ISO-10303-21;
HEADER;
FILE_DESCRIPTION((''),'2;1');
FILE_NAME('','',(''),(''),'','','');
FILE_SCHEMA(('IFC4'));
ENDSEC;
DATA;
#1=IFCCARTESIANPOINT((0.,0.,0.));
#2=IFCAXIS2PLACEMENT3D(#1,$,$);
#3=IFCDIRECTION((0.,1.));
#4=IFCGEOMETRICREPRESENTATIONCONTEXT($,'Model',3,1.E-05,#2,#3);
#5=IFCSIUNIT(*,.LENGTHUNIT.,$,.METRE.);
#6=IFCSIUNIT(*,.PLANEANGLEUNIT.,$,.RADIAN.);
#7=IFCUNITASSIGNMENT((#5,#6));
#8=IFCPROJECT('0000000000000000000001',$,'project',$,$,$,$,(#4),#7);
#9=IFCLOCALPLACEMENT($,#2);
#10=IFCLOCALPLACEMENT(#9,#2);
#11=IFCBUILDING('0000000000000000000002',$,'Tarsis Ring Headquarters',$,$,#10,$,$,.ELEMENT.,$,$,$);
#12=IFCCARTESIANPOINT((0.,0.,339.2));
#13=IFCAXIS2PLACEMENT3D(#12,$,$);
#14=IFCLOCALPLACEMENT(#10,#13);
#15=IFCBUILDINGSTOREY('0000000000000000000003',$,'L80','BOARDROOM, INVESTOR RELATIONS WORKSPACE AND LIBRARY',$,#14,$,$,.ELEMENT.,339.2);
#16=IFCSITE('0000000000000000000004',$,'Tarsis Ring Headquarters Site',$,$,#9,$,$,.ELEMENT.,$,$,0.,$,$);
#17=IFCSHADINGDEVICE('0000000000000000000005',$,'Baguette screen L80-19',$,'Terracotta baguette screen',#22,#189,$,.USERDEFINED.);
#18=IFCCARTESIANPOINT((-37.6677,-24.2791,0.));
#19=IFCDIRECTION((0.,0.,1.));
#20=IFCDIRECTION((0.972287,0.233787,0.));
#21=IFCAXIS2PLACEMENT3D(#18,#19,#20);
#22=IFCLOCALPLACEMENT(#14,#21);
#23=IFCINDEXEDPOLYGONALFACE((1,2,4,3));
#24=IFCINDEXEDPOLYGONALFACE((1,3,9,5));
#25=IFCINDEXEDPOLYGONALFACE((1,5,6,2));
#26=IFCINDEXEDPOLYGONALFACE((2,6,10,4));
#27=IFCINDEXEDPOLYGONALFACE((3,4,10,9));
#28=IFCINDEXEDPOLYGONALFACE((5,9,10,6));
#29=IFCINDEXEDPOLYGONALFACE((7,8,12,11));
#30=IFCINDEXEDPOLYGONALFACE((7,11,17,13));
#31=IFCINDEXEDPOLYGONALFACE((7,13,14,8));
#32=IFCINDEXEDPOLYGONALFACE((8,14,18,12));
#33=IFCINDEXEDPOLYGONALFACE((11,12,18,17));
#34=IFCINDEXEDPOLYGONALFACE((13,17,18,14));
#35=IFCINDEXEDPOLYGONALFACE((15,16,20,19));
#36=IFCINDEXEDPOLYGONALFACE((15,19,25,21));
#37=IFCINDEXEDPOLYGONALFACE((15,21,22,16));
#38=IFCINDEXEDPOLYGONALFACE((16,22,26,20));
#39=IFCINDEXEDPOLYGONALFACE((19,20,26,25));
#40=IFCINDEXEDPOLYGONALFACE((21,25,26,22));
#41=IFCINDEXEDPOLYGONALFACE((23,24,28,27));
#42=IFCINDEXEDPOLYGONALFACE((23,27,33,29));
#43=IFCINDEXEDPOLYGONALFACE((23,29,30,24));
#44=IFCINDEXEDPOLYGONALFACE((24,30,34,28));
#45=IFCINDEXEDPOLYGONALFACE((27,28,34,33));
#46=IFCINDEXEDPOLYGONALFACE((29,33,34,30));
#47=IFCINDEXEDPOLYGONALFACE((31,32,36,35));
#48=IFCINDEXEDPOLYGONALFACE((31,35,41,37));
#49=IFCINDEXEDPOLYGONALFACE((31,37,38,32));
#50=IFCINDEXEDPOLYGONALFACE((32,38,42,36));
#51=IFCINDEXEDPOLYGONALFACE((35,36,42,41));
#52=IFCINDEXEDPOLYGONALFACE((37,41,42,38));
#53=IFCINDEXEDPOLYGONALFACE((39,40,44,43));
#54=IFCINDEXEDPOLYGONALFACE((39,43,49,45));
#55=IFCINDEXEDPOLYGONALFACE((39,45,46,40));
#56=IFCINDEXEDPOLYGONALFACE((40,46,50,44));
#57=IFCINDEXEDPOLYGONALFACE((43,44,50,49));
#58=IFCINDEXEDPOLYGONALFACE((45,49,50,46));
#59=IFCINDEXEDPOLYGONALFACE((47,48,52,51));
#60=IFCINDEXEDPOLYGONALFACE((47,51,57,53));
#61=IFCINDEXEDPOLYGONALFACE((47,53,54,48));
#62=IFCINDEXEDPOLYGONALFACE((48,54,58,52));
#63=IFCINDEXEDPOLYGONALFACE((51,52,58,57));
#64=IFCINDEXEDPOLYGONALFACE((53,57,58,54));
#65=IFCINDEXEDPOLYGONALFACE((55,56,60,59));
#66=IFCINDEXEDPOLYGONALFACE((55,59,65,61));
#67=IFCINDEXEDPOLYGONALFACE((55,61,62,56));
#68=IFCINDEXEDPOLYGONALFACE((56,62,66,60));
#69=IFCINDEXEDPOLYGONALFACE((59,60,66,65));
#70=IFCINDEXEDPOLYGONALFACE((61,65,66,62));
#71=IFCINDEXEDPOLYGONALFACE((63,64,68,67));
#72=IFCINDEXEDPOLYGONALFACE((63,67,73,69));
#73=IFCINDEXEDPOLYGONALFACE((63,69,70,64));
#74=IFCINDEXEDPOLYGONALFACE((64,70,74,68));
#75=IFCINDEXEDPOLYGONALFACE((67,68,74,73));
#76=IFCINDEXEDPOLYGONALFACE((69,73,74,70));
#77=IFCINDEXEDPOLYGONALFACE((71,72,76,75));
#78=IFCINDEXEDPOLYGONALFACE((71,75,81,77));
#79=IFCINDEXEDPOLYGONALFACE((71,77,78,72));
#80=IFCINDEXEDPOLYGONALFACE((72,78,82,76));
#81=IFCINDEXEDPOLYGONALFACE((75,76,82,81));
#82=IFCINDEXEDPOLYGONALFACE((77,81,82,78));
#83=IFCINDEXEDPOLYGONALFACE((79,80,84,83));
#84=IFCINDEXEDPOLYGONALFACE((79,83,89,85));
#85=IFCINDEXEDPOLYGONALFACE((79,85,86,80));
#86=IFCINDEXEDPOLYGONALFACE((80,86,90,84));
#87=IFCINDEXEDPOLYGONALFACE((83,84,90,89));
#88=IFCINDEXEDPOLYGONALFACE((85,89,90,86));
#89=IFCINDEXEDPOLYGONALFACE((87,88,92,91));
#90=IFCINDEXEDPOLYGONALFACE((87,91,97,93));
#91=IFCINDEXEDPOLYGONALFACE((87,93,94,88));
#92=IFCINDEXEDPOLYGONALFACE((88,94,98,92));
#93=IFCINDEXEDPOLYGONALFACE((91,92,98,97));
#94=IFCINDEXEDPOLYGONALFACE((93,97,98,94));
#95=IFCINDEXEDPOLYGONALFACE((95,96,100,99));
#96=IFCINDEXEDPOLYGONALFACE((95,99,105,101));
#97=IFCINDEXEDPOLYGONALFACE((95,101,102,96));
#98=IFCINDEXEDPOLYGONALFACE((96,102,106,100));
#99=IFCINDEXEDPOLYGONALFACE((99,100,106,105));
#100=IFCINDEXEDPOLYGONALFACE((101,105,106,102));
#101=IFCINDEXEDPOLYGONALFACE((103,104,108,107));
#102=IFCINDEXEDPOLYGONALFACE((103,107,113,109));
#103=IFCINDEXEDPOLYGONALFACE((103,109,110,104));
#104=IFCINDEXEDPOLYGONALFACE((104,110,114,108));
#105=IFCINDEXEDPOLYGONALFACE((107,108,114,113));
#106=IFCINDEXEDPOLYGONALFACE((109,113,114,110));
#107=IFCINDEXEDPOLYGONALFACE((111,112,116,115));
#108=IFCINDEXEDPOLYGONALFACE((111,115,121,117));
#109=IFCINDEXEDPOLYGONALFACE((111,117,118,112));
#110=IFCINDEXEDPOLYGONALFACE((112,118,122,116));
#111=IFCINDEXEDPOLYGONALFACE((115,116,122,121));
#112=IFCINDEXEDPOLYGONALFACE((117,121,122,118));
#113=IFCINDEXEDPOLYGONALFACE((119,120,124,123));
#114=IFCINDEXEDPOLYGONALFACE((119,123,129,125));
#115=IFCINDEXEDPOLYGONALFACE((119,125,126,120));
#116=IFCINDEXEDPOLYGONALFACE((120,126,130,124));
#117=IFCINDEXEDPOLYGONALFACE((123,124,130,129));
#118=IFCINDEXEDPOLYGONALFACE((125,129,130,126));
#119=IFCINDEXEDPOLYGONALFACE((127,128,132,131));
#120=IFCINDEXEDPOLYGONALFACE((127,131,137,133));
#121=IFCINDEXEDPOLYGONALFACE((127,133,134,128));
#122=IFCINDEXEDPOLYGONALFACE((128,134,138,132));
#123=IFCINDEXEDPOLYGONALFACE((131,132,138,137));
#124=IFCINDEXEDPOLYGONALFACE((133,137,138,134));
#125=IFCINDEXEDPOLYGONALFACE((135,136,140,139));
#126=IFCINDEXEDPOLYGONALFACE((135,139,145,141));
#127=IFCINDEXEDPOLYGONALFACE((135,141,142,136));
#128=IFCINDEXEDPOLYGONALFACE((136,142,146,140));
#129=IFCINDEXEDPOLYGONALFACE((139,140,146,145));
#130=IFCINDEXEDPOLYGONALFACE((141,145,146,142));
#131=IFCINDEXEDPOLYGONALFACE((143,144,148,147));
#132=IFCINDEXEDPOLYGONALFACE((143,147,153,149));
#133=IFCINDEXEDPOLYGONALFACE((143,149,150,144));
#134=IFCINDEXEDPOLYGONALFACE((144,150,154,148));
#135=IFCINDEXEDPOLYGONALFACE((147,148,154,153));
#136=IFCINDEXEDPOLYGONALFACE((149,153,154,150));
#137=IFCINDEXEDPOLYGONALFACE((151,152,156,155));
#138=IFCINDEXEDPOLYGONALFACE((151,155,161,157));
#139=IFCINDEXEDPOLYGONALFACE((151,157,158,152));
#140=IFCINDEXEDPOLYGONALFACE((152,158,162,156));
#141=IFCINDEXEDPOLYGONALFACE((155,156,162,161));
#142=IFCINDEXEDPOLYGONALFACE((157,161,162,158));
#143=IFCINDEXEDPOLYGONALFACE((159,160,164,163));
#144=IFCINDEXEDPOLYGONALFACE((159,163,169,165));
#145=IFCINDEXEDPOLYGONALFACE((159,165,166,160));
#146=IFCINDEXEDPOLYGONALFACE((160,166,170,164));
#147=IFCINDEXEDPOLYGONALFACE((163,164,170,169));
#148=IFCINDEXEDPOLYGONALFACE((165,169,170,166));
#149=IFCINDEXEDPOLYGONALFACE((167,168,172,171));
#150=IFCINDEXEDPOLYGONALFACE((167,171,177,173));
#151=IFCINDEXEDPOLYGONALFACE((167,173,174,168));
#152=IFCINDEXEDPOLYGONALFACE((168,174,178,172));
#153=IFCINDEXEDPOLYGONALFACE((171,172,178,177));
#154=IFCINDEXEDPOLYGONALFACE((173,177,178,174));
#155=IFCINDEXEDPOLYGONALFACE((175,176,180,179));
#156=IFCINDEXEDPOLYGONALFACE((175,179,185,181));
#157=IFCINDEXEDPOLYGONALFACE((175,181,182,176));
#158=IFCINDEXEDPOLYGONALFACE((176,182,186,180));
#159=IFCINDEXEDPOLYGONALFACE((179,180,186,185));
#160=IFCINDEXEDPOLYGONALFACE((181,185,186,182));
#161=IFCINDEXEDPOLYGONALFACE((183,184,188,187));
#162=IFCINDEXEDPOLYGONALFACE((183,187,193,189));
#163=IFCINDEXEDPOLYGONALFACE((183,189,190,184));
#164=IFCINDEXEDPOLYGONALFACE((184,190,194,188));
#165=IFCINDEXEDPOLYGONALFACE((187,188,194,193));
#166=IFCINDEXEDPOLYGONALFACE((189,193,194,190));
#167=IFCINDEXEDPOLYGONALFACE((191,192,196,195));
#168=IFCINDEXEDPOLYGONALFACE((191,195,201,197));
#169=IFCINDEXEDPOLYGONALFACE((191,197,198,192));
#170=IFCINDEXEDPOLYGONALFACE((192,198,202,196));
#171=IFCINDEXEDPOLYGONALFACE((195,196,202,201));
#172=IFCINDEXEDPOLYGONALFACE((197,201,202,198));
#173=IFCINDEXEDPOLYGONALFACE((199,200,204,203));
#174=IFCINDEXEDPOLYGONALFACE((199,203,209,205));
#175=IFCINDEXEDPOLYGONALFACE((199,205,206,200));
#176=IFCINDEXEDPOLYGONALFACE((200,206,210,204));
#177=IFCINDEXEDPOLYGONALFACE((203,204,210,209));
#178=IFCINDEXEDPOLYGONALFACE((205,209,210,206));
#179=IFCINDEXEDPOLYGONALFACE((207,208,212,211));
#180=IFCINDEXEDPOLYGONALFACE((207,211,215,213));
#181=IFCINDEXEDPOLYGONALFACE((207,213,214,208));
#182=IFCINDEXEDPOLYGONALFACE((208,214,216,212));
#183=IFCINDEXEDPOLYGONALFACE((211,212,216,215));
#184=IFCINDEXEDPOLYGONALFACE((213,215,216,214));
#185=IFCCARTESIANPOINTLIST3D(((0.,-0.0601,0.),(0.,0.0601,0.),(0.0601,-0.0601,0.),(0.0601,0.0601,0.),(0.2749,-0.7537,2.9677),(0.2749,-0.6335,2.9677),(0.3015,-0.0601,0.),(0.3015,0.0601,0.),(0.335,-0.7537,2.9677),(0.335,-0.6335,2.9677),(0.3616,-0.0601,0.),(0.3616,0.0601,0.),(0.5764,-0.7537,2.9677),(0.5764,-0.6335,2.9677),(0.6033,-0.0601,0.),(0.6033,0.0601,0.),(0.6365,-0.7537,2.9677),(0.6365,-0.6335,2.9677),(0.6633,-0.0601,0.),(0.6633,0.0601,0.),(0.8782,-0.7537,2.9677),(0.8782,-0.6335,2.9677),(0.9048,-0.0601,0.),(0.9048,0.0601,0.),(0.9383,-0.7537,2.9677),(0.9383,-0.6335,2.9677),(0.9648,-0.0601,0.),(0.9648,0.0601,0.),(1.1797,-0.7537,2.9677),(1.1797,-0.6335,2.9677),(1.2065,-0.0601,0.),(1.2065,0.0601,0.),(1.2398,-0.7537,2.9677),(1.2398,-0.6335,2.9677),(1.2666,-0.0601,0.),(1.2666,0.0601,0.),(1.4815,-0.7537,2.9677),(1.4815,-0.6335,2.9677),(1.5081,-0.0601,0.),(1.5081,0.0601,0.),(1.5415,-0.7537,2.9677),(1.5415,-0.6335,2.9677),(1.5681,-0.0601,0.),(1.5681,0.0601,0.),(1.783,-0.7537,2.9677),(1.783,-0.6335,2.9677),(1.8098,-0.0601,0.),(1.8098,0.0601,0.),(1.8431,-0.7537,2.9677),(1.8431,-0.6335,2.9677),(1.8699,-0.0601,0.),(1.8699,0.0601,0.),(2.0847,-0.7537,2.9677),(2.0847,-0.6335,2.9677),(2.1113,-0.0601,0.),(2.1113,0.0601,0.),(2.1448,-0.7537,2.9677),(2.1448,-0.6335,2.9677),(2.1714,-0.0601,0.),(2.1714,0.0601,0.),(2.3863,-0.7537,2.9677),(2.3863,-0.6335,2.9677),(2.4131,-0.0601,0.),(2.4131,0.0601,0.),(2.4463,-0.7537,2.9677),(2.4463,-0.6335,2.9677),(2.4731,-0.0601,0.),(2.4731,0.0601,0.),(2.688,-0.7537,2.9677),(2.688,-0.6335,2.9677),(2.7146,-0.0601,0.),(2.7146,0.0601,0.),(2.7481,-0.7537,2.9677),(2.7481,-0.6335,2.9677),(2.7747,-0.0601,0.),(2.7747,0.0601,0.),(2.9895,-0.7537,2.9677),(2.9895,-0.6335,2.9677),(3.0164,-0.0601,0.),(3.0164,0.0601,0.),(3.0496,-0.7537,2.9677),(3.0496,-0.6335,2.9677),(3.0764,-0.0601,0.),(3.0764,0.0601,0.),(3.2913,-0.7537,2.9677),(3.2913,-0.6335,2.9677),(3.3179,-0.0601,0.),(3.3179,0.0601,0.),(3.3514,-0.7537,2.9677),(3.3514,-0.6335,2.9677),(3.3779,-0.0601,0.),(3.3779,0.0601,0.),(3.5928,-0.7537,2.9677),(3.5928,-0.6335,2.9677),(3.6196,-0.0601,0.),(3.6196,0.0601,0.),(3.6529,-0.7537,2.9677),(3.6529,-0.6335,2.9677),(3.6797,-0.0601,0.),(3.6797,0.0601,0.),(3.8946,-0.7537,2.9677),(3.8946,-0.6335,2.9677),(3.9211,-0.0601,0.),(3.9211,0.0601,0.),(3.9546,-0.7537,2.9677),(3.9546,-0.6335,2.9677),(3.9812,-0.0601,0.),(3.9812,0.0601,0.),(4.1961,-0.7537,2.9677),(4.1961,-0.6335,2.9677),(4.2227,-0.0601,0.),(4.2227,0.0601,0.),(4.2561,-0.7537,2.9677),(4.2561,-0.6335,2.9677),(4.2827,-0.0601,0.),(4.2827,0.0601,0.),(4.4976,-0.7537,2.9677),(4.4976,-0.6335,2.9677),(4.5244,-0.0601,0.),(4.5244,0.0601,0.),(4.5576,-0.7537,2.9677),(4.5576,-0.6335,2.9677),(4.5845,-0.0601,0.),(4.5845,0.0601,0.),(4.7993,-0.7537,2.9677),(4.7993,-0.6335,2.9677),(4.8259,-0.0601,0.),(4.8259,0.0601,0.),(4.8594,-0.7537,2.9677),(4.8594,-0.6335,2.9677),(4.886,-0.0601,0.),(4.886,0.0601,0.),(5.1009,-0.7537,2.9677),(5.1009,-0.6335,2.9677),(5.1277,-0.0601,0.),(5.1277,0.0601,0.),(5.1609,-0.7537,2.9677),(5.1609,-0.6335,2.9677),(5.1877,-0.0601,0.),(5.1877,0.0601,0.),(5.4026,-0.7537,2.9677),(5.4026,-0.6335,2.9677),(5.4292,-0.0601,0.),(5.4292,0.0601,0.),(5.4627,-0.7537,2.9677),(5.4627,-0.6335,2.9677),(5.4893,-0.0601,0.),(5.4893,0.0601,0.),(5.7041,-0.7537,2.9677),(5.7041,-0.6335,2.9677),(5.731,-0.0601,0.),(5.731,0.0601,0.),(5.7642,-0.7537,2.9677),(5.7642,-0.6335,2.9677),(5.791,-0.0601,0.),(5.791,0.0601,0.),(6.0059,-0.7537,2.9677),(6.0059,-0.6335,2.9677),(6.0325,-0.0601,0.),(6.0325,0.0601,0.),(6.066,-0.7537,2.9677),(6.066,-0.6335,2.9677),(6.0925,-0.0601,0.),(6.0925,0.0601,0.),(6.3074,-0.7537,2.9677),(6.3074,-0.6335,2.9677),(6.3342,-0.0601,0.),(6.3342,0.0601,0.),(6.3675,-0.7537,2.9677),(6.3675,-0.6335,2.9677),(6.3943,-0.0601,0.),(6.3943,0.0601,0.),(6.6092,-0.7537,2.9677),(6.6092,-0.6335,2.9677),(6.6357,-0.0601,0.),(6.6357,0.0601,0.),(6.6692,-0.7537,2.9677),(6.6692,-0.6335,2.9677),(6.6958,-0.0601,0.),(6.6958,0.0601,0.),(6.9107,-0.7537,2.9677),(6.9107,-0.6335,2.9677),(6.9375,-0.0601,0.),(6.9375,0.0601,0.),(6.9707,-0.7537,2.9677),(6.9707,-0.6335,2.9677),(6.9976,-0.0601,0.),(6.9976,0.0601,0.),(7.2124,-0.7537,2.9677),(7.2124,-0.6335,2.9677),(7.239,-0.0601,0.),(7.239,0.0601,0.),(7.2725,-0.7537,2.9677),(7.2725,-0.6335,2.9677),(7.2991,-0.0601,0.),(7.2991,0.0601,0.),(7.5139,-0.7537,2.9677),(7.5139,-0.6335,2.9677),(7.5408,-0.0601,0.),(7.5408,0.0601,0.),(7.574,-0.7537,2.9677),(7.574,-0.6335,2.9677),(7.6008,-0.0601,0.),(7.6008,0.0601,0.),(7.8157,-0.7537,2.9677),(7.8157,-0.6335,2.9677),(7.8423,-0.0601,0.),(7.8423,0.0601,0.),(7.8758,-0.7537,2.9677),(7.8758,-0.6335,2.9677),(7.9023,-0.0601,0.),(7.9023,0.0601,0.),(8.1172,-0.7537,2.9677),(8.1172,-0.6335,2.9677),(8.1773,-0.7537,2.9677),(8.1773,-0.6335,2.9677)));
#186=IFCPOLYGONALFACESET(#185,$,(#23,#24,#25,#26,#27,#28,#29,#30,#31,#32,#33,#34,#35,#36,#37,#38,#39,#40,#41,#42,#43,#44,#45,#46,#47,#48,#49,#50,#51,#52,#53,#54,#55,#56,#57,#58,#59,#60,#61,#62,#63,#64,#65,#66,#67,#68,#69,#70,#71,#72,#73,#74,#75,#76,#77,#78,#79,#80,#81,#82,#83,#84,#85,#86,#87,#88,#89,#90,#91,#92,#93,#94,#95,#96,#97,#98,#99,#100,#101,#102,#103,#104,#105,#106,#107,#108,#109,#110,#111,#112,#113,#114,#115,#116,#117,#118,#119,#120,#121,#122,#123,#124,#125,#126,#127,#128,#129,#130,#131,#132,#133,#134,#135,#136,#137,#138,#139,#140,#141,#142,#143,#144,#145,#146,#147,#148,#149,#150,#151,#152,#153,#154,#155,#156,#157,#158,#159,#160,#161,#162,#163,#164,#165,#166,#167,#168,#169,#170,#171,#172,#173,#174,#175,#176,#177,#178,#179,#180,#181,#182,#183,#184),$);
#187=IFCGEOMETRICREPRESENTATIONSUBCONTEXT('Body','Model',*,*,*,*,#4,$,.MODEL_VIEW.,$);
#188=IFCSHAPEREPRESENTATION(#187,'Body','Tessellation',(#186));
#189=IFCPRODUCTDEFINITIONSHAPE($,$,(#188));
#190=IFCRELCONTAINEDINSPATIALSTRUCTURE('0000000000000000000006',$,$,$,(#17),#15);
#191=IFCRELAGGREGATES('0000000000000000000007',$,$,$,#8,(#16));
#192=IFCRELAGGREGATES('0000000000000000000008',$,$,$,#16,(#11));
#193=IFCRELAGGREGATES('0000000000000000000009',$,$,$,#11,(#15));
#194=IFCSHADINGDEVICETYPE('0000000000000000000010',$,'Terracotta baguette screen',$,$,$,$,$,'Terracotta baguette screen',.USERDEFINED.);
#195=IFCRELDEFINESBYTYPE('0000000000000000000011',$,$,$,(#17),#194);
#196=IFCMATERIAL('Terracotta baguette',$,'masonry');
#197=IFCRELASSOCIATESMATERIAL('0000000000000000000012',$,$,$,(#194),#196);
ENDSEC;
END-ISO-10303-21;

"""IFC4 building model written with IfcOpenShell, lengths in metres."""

from ifc_helpers import new_model, si_unit, direction, frame, frame_2d, origin, place, context, subcontext, project, spatial, rectangle, composite_profile, extrude, material, type_object, element, save


model = new_model("IFC4")

# Units and contexts
model_context = context("Model", 3, precision=1e-05, world=origin(), true_north=direction((0.0, 1.0)))
body_context = subcontext(model_context, "Body", "Model", "MODEL_VIEW")
ifc_project = project(units=[si_unit("LENGTHUNIT", "METRE"), si_unit("PLANEANGLEUNIT", "RADIAN")], contexts=[model_context])

# Site, building, storey
site_placement = place(None, origin())
site = spatial("IfcSite", under=ifc_project, at=site_placement, Name="Tarsis Ring Headquarters Site", CompositionType="ELEMENT", RefElevation=0.0)
building_placement = place(site_placement, origin())
building = spatial("IfcBuilding", under=site, at=building_placement, Name="Tarsis Ring Headquarters", CompositionType="ELEMENT")
storey_placement = place(building_placement, frame((0.0, 0.0, 339.2)))
storey = spatial("IfcBuildingStorey", under=building, at=storey_placement, Name="L80", Description="BOARDROOM, INVESTOR RELATIONS WORKSPACE AND LIBRARY", CompositionType="ELEMENT", Elevation=339.2)

# Shading device
ifc_material_1 = material(Name="Terracotta baguette", Category="masonry")
shading_device_type_1 = type_object("IfcShadingDeviceType", Name="Terracotta baguette screen", ElementType="Terracotta baguette screen", PredefinedType="USERDEFINED", material=ifc_material_1)
shading_device_1_placement = place(storey_placement, frame((-37.6677, -24.2791, 0.0), z_axis=(0.0, 0.0, 1.0), x_axis=(0.972287, 0.233787, 0.0)))
element("IfcShadingDevice", 1, at=shading_device_1_placement, inside=storey, type_object=shading_device_type_1, Name="Baguette screen L80-19", ObjectType="Terracotta baguette screen", PredefinedType="USERDEFINED", context=body_context, shape_type="SweptSolid", body=[
    extrude(composite_profile([rectangle(XDim=0.0601, YDim=0.1201, at=frame_2d((0.03, 0.0))), rectangle(XDim=0.0601, YDim=0.1201, at=frame_2d((0.3315, 0.0))), rectangle(XDim=0.0601, YDim=0.1201, at=frame_2d((0.6333, 0.0))), rectangle(XDim=0.0601, YDim=0.1201, at=frame_2d((0.9348, 0.0))), rectangle(XDim=0.0601, YDim=0.1201, at=frame_2d((1.2366, 0.0))), rectangle(XDim=0.0601, YDim=0.1201, at=frame_2d((1.5381, 0.0))), rectangle(XDim=0.0601, YDim=0.1201, at=frame_2d((1.8398, 0.0))), rectangle(XDim=0.0601, YDim=0.1201, at=frame_2d((2.1414, 0.0))), rectangle(XDim=0.0601, YDim=0.1201, at=frame_2d((2.4431, 0.0))), rectangle(XDim=0.0601, YDim=0.1201, at=frame_2d((2.7446, 0.0))), rectangle(XDim=0.0601, YDim=0.1201, at=frame_2d((3.0464, 0.0))), rectangle(XDim=0.0601, YDim=0.1201, at=frame_2d((3.3479, 0.0))), rectangle(XDim=0.0601, YDim=0.1201, at=frame_2d((3.6497, 0.0))), rectangle(XDim=0.0601, YDim=0.1201, at=frame_2d((3.9512, 0.0))), rectangle(XDim=0.0601, YDim=0.1201, at=frame_2d((4.2527, 0.0))), rectangle(XDim=0.0601, YDim=0.1201, at=frame_2d((4.5544, 0.0))), rectangle(XDim=0.0601, YDim=0.1201, at=frame_2d((4.856, 0.0))), rectangle(XDim=0.0601, YDim=0.1201, at=frame_2d((5.1577, 0.0))), rectangle(XDim=0.0601, YDim=0.1201, at=frame_2d((5.4592, 0.0))), rectangle(XDim=0.0601, YDim=0.1201, at=frame_2d((5.761, 0.0))), rectangle(XDim=0.0601, YDim=0.1201, at=frame_2d((6.0625, 0.0))), rectangle(XDim=0.0601, YDim=0.1201, at=frame_2d((6.3643, 0.0))), rectangle(XDim=0.0601, YDim=0.1201, at=frame_2d((6.6658, 0.0))), rectangle(XDim=0.0601, YDim=0.1201, at=frame_2d((6.9675, 0.0))), rectangle(XDim=0.0601, YDim=0.1201, at=frame_2d((7.269, 0.0))), rectangle(XDim=0.0601, YDim=0.1201, at=frame_2d((7.5708, 0.0))), rectangle(XDim=0.0601, YDim=0.1201, at=frame_2d((7.8723, 0.0)))]), origin(), (0.089846, -0.226661, 0.969821), 3.0601),
])

save(model, "model.ifc")
